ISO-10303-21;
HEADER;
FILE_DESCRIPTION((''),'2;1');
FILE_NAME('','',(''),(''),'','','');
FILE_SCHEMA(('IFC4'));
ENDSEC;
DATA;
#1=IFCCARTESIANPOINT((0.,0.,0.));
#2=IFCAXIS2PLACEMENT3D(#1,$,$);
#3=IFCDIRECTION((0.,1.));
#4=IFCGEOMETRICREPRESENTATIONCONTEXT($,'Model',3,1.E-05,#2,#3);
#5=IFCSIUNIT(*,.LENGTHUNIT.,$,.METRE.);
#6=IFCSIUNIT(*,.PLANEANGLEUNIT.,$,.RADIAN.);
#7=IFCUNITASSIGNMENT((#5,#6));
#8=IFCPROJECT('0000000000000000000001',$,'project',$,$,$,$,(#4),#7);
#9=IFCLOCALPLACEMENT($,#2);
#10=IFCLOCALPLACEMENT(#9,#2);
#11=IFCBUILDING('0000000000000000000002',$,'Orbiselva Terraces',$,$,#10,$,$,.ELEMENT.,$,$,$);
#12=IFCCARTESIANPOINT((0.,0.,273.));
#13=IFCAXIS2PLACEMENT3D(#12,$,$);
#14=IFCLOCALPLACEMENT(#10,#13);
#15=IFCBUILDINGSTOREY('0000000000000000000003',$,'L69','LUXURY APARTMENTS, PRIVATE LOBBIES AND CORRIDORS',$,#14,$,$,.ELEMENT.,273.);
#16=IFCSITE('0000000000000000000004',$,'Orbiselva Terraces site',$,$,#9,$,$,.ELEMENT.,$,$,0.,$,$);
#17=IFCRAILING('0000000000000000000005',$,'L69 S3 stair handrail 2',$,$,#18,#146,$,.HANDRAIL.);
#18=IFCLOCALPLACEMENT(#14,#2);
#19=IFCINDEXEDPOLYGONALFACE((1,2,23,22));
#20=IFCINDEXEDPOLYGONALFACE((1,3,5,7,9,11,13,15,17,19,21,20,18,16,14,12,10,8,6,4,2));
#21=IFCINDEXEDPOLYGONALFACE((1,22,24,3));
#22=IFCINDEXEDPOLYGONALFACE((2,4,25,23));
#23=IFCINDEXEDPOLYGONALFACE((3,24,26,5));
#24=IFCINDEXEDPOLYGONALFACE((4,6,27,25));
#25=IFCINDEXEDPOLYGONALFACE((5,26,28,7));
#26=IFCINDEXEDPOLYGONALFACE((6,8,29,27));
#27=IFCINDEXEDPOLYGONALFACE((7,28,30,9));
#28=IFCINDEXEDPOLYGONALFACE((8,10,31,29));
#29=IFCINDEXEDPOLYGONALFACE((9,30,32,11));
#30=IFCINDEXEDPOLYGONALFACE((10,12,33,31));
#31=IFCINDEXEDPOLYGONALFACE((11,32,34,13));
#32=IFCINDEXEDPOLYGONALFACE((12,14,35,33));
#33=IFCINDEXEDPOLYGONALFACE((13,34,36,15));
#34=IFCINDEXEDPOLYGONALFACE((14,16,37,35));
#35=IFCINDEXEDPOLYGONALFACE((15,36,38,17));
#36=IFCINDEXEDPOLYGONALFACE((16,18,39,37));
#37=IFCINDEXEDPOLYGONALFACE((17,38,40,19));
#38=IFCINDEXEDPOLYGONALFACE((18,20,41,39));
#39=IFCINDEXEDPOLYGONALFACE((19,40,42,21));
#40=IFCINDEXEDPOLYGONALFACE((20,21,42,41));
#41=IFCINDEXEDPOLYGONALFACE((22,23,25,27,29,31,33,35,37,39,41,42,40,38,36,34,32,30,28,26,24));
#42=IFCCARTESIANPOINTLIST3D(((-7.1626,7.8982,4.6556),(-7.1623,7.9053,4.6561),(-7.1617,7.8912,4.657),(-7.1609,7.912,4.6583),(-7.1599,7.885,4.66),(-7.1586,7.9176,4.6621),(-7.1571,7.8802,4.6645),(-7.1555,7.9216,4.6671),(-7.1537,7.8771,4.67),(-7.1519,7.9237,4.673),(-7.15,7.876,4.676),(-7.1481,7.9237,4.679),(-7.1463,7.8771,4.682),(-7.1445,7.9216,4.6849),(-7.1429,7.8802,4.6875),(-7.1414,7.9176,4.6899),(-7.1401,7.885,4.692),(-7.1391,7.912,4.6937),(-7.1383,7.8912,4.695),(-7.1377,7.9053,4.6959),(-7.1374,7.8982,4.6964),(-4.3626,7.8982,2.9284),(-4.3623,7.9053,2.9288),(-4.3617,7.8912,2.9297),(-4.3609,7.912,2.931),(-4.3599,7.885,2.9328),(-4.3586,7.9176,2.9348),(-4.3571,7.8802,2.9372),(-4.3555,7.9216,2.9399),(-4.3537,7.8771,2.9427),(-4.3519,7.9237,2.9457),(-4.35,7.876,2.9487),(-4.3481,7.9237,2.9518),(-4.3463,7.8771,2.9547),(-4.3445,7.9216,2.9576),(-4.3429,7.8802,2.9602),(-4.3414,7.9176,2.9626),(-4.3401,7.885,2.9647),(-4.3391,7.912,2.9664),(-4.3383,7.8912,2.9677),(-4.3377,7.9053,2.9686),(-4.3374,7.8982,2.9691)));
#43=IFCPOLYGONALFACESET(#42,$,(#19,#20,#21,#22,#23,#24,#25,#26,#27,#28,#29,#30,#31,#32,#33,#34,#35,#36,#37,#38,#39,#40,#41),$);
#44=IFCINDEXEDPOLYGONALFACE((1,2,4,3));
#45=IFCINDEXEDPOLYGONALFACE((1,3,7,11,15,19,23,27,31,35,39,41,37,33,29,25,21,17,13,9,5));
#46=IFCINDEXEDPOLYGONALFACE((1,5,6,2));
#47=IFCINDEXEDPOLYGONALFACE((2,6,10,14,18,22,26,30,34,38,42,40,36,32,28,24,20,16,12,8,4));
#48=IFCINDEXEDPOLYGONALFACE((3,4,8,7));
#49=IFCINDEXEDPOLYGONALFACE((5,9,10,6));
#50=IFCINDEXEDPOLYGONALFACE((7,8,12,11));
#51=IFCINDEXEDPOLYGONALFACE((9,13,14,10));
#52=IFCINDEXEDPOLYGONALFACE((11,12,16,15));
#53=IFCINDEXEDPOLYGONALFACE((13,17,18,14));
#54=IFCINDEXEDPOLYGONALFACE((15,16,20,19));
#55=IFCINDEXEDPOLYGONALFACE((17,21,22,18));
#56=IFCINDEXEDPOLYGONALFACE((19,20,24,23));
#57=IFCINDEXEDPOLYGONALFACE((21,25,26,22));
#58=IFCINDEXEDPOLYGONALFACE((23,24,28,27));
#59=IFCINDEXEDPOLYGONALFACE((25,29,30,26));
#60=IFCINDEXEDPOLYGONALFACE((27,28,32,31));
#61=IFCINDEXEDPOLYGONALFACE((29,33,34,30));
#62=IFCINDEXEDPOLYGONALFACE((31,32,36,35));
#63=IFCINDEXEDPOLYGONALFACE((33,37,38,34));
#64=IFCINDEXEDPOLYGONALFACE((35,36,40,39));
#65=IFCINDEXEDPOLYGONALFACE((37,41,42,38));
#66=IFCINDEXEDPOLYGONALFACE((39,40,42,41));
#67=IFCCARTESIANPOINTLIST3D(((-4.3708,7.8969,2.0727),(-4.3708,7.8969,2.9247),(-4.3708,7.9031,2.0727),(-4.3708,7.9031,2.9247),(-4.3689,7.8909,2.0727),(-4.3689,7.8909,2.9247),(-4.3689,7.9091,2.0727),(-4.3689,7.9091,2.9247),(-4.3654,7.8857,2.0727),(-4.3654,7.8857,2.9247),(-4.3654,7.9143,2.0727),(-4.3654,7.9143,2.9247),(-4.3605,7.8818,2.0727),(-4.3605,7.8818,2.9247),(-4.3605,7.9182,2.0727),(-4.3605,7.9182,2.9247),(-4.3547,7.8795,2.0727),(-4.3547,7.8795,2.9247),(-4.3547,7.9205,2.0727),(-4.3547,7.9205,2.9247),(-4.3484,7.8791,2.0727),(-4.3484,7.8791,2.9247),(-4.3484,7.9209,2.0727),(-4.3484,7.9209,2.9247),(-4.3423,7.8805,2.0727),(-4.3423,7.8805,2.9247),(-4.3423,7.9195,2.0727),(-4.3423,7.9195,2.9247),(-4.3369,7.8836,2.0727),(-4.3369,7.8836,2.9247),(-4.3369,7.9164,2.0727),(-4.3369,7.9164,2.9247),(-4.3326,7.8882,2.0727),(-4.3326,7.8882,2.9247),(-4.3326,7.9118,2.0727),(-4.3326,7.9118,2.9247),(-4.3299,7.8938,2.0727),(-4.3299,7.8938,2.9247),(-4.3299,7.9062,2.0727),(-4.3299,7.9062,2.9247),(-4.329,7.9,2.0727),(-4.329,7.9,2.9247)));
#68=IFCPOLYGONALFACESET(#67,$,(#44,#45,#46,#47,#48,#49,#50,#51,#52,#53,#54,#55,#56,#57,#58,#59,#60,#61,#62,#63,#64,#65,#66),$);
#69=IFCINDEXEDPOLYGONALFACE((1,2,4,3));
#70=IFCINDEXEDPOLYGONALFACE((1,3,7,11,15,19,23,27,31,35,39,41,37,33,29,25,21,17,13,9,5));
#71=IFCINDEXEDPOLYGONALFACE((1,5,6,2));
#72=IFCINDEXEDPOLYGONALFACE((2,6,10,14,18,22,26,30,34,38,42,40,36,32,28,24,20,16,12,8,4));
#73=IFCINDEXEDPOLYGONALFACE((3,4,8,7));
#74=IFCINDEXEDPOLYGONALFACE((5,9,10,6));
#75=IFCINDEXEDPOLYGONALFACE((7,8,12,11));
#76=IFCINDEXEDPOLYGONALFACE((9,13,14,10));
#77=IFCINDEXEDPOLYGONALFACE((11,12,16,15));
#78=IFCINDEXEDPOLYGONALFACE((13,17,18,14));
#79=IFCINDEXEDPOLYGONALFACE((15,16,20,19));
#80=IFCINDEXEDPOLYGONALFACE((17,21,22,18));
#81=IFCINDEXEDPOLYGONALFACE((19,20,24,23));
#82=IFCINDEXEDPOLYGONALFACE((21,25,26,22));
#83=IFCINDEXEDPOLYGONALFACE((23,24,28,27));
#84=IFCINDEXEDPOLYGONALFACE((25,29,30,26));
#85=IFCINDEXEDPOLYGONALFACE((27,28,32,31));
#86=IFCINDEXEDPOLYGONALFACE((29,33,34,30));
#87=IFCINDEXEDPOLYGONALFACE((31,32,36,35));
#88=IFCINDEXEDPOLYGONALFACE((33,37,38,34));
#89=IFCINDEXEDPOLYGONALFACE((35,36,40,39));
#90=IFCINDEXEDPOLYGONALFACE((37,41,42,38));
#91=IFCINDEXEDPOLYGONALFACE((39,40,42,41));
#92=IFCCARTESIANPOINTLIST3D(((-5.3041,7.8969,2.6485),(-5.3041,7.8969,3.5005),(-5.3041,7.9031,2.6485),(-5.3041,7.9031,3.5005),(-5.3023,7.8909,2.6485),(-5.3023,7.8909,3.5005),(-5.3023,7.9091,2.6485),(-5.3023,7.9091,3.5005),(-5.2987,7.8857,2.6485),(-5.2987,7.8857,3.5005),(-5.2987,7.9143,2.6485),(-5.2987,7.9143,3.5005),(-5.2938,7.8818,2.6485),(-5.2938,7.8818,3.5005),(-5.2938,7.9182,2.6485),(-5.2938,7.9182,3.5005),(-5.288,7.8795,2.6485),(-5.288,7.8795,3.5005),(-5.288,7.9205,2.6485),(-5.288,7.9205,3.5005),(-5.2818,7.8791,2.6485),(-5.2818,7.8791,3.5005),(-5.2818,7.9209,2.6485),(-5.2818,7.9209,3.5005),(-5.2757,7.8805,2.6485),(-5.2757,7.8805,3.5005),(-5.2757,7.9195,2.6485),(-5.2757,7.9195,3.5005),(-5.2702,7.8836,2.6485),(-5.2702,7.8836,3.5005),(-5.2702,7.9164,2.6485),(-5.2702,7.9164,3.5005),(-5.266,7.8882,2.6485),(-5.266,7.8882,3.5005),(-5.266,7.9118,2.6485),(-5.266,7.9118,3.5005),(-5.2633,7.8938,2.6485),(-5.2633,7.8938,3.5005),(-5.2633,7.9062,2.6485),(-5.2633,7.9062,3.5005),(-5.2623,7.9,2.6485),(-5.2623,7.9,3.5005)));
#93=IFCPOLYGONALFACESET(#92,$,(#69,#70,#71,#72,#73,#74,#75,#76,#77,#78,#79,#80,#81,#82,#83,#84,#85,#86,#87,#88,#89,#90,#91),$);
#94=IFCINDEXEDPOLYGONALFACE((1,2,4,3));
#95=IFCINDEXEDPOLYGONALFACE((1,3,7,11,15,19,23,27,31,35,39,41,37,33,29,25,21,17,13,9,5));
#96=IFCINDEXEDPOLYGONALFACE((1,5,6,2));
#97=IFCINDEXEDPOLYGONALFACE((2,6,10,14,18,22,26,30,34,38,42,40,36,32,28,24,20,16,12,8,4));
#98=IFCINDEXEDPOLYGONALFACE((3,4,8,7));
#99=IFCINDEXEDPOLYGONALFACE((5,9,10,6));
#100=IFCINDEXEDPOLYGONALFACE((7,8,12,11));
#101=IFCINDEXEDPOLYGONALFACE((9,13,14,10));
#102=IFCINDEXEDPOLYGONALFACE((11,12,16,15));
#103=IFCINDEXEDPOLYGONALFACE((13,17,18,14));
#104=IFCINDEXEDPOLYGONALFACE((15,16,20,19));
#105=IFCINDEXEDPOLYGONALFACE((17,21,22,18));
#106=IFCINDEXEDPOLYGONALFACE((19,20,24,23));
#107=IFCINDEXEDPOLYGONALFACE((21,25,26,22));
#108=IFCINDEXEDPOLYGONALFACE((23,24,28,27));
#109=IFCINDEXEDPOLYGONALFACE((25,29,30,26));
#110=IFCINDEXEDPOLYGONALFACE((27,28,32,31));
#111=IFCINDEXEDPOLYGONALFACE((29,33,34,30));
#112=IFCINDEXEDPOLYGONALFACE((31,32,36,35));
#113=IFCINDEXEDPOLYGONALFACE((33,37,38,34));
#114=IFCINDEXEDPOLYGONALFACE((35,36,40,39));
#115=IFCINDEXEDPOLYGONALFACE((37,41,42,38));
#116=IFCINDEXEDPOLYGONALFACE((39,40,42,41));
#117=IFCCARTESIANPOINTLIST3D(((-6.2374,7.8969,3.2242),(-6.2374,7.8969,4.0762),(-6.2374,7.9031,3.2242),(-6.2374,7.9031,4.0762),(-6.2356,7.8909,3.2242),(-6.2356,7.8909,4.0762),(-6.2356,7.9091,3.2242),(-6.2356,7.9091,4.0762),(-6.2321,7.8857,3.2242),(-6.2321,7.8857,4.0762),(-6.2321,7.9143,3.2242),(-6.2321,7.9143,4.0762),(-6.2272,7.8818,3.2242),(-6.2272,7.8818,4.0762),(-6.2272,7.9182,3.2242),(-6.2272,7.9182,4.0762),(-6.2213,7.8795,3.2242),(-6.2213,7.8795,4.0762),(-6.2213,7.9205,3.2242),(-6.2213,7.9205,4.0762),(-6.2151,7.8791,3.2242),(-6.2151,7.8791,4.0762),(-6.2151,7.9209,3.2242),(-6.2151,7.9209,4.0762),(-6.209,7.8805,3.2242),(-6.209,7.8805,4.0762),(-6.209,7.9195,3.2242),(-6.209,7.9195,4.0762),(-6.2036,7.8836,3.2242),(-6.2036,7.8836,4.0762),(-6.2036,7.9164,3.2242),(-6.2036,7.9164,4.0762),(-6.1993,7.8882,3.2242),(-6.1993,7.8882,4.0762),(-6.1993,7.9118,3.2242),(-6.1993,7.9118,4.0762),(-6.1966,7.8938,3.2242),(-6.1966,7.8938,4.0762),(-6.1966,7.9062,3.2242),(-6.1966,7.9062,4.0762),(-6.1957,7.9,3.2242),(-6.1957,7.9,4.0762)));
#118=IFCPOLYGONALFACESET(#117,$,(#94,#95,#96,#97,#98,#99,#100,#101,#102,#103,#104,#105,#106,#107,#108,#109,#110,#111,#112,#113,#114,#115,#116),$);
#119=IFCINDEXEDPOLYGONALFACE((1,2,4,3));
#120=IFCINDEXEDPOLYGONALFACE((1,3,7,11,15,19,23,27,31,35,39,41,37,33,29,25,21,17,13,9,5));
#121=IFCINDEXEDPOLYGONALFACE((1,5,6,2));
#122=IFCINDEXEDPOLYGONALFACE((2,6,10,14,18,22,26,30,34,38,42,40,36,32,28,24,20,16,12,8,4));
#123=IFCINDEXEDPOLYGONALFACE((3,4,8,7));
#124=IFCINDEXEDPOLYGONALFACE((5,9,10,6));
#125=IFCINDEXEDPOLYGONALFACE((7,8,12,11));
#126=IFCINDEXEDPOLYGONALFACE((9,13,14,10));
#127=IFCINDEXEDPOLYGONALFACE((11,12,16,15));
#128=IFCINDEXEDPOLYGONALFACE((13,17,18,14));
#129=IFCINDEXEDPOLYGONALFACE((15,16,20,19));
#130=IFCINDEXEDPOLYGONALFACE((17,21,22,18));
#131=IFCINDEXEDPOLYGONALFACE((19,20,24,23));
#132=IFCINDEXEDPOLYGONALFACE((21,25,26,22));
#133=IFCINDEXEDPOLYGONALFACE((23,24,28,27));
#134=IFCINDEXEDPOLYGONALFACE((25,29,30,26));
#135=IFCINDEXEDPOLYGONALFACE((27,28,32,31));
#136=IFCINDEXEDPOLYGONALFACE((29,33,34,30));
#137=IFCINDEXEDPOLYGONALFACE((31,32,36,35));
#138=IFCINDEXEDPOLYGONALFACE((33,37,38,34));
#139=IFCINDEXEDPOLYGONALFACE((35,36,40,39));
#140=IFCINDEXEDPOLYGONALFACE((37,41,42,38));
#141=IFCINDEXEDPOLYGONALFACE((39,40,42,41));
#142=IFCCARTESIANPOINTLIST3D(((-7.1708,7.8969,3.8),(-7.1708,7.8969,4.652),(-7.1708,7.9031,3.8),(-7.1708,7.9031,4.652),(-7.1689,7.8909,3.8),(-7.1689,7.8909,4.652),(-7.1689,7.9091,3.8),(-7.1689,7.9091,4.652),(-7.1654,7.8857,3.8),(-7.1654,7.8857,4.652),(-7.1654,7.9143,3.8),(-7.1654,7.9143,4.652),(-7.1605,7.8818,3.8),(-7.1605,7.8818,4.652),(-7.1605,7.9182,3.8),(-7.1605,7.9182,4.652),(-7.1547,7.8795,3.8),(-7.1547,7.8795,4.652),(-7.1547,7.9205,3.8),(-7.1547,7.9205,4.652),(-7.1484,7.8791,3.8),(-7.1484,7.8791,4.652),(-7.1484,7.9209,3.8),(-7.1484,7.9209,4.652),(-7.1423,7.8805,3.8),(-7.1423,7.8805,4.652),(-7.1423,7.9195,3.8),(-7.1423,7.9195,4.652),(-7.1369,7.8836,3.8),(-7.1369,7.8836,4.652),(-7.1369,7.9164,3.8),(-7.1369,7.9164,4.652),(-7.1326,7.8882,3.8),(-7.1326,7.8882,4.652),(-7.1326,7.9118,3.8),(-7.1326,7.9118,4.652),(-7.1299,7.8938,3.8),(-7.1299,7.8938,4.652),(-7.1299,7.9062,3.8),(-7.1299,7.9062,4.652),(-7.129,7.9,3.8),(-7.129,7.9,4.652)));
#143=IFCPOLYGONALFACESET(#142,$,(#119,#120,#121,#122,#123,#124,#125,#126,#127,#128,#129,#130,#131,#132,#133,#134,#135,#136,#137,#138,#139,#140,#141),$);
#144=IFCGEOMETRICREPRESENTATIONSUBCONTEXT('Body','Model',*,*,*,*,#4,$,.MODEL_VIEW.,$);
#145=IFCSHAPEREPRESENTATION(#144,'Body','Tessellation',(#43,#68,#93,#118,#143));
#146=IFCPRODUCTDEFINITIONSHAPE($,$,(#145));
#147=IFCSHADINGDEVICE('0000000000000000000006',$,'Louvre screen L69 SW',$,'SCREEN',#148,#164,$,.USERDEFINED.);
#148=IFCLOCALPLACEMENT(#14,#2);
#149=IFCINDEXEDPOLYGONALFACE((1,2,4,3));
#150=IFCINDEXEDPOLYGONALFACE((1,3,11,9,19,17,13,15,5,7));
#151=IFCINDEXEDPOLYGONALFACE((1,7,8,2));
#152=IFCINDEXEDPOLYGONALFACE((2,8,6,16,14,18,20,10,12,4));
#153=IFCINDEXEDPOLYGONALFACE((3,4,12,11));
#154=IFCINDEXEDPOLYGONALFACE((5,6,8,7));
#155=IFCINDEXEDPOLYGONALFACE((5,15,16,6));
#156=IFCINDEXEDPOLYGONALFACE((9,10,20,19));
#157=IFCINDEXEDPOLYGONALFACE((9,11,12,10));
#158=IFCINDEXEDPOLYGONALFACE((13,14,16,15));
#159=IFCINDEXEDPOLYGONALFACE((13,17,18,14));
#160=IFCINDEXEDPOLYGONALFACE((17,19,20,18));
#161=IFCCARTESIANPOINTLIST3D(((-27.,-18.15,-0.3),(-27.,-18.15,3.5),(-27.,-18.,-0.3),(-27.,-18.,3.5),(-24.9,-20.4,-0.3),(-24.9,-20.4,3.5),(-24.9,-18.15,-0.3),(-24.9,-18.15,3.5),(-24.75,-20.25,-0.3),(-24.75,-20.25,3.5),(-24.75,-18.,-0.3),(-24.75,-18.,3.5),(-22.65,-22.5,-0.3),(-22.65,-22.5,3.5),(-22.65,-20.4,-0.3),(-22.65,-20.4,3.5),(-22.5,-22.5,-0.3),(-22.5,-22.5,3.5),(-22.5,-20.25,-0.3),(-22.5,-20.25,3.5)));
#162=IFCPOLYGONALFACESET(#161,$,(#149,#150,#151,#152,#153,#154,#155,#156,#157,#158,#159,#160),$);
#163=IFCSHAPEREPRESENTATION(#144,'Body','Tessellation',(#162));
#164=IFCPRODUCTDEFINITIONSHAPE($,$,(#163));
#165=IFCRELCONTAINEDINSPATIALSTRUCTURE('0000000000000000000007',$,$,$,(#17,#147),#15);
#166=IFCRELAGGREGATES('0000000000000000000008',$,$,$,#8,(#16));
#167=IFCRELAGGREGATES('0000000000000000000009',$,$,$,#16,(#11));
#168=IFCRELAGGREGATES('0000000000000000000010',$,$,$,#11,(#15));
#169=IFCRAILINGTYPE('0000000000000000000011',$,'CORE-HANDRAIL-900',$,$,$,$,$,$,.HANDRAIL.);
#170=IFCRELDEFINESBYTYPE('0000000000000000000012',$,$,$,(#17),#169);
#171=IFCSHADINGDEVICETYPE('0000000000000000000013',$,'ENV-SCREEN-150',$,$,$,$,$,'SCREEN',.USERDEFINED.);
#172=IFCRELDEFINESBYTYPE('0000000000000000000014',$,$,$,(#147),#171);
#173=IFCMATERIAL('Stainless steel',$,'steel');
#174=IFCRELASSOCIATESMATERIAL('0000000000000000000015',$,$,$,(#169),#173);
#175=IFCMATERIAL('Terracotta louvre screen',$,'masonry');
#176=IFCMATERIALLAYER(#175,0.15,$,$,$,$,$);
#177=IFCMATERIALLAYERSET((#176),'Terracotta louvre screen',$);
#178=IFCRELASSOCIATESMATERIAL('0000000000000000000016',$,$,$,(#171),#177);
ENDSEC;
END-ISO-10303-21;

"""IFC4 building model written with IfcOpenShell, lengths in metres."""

from ifc_helpers import new_model, si_unit, direction, frame, origin, origin_2d, place, context, subcontext, project, spatial, polyline, circle, outline, extrude, material, layer, layer_set, type_object, element, save


model = new_model("IFC4")

# Units and contexts
model_context = context("Model", 3, precision=1e-05, world=origin(), true_north=direction((0.0, 1.0)))
body_context = subcontext(model_context, "Body", "Model", "MODEL_VIEW")
ifc_project = project(units=[si_unit("LENGTHUNIT", "METRE"), si_unit("PLANEANGLEUNIT", "RADIAN")], contexts=[model_context])

# Site, building, storey
site_placement = place(None, origin())
site = spatial("IfcSite", under=ifc_project, at=site_placement, Name="Orbiselva Terraces site", CompositionType="ELEMENT", RefElevation=0.0)
building_placement = place(site_placement, origin())
building = spatial("IfcBuilding", under=site, at=building_placement, Name="Orbiselva Terraces", CompositionType="ELEMENT")
storey_placement = place(building_placement, frame((0.0, 0.0, 273.0)))
storey = spatial("IfcBuildingStorey", under=building, at=storey_placement, Name="L69", Description="LUXURY APARTMENTS, PRIVATE LOBBIES AND CORRIDORS", CompositionType="ELEMENT", Elevation=273.0)

# Railing
ifc_material_1 = material(Name="Stainless steel", Category="steel")
railing_type_1 = type_object("IfcRailingType", Name="CORE-HANDRAIL-900", PredefinedType="HANDRAIL", material=ifc_material_1)
railing_1_placement = place(storey_placement, frame((-4.35, 7.9, 2.0727)))
element("IfcRailing", 1, at=railing_1_placement, inside=storey, type_object=railing_type_1, Name="L69 S3 stair handrail 2", PredefinedType="HANDRAIL", context=body_context, shape_type="SweptSolid", body=[
    extrude(circle(Radius=0.024, at=origin_2d()), frame((0.0, 0.0, 0.876), z_axis=(-0.851089, 0.0, 0.525022), x_axis=(0.0, -1.0, 0.0)), (0.0, 0.0, 1.0), 3.2899),
    extrude(circle(Radius=0.021, at=origin_2d()), origin(), (0.0, 0.0, 1.0), 0.852),
    extrude(circle(Radius=0.021, at=origin_2d()), frame((-0.9333, 0.0, 0.5758)), (0.0, 0.0, 1.0), 0.852),
    extrude(circle(Radius=0.021, at=origin_2d()), frame((-1.8667, 0.0, 1.1515)), (0.0, 0.0, 1.0), 0.852),
    extrude(circle(Radius=0.021, at=origin_2d()), frame((-2.8, 0.0, 1.7273)), (0.0, 0.0, 1.0), 0.852),
])

# Shading device
ifc_material_2 = material(Name="Terracotta louvre screen", Category="masonry")
ifc_layer_1 = layer(ifc_material_2, 0.15)
ifc_layer_set_1 = layer_set([ifc_layer_1], Name="Terracotta louvre screen")
shading_device_type = type_object("IfcShadingDeviceType", Name="ENV-SCREEN-150", ElementType="SCREEN", PredefinedType="USERDEFINED", material=ifc_layer_set_1)
shading_device_placement = place(storey_placement, frame((0.0, 0.0, -0.3)))
element("IfcShadingDevice", 2, at=shading_device_placement, inside=storey, type_object=shading_device_type, Name="Louvre screen L69 SW", ObjectType="SCREEN", PredefinedType="USERDEFINED", context=body_context, shape_type="SweptSolid", body=[
    extrude(outline(polyline([(-27.0, -18.15), (-24.9, -18.15), (-24.9, -20.4), (-22.65, -20.4), (-22.65, -22.5), (-22.5, -22.5), (-22.5, -20.25), (-24.75, -20.25), (-24.75, -18.0), (-27.0, -18.0), (-27.0, -18.15)])), origin(), (0.0, 0.0, 1.0), 3.8),
])

save(model, "model.ifc")
